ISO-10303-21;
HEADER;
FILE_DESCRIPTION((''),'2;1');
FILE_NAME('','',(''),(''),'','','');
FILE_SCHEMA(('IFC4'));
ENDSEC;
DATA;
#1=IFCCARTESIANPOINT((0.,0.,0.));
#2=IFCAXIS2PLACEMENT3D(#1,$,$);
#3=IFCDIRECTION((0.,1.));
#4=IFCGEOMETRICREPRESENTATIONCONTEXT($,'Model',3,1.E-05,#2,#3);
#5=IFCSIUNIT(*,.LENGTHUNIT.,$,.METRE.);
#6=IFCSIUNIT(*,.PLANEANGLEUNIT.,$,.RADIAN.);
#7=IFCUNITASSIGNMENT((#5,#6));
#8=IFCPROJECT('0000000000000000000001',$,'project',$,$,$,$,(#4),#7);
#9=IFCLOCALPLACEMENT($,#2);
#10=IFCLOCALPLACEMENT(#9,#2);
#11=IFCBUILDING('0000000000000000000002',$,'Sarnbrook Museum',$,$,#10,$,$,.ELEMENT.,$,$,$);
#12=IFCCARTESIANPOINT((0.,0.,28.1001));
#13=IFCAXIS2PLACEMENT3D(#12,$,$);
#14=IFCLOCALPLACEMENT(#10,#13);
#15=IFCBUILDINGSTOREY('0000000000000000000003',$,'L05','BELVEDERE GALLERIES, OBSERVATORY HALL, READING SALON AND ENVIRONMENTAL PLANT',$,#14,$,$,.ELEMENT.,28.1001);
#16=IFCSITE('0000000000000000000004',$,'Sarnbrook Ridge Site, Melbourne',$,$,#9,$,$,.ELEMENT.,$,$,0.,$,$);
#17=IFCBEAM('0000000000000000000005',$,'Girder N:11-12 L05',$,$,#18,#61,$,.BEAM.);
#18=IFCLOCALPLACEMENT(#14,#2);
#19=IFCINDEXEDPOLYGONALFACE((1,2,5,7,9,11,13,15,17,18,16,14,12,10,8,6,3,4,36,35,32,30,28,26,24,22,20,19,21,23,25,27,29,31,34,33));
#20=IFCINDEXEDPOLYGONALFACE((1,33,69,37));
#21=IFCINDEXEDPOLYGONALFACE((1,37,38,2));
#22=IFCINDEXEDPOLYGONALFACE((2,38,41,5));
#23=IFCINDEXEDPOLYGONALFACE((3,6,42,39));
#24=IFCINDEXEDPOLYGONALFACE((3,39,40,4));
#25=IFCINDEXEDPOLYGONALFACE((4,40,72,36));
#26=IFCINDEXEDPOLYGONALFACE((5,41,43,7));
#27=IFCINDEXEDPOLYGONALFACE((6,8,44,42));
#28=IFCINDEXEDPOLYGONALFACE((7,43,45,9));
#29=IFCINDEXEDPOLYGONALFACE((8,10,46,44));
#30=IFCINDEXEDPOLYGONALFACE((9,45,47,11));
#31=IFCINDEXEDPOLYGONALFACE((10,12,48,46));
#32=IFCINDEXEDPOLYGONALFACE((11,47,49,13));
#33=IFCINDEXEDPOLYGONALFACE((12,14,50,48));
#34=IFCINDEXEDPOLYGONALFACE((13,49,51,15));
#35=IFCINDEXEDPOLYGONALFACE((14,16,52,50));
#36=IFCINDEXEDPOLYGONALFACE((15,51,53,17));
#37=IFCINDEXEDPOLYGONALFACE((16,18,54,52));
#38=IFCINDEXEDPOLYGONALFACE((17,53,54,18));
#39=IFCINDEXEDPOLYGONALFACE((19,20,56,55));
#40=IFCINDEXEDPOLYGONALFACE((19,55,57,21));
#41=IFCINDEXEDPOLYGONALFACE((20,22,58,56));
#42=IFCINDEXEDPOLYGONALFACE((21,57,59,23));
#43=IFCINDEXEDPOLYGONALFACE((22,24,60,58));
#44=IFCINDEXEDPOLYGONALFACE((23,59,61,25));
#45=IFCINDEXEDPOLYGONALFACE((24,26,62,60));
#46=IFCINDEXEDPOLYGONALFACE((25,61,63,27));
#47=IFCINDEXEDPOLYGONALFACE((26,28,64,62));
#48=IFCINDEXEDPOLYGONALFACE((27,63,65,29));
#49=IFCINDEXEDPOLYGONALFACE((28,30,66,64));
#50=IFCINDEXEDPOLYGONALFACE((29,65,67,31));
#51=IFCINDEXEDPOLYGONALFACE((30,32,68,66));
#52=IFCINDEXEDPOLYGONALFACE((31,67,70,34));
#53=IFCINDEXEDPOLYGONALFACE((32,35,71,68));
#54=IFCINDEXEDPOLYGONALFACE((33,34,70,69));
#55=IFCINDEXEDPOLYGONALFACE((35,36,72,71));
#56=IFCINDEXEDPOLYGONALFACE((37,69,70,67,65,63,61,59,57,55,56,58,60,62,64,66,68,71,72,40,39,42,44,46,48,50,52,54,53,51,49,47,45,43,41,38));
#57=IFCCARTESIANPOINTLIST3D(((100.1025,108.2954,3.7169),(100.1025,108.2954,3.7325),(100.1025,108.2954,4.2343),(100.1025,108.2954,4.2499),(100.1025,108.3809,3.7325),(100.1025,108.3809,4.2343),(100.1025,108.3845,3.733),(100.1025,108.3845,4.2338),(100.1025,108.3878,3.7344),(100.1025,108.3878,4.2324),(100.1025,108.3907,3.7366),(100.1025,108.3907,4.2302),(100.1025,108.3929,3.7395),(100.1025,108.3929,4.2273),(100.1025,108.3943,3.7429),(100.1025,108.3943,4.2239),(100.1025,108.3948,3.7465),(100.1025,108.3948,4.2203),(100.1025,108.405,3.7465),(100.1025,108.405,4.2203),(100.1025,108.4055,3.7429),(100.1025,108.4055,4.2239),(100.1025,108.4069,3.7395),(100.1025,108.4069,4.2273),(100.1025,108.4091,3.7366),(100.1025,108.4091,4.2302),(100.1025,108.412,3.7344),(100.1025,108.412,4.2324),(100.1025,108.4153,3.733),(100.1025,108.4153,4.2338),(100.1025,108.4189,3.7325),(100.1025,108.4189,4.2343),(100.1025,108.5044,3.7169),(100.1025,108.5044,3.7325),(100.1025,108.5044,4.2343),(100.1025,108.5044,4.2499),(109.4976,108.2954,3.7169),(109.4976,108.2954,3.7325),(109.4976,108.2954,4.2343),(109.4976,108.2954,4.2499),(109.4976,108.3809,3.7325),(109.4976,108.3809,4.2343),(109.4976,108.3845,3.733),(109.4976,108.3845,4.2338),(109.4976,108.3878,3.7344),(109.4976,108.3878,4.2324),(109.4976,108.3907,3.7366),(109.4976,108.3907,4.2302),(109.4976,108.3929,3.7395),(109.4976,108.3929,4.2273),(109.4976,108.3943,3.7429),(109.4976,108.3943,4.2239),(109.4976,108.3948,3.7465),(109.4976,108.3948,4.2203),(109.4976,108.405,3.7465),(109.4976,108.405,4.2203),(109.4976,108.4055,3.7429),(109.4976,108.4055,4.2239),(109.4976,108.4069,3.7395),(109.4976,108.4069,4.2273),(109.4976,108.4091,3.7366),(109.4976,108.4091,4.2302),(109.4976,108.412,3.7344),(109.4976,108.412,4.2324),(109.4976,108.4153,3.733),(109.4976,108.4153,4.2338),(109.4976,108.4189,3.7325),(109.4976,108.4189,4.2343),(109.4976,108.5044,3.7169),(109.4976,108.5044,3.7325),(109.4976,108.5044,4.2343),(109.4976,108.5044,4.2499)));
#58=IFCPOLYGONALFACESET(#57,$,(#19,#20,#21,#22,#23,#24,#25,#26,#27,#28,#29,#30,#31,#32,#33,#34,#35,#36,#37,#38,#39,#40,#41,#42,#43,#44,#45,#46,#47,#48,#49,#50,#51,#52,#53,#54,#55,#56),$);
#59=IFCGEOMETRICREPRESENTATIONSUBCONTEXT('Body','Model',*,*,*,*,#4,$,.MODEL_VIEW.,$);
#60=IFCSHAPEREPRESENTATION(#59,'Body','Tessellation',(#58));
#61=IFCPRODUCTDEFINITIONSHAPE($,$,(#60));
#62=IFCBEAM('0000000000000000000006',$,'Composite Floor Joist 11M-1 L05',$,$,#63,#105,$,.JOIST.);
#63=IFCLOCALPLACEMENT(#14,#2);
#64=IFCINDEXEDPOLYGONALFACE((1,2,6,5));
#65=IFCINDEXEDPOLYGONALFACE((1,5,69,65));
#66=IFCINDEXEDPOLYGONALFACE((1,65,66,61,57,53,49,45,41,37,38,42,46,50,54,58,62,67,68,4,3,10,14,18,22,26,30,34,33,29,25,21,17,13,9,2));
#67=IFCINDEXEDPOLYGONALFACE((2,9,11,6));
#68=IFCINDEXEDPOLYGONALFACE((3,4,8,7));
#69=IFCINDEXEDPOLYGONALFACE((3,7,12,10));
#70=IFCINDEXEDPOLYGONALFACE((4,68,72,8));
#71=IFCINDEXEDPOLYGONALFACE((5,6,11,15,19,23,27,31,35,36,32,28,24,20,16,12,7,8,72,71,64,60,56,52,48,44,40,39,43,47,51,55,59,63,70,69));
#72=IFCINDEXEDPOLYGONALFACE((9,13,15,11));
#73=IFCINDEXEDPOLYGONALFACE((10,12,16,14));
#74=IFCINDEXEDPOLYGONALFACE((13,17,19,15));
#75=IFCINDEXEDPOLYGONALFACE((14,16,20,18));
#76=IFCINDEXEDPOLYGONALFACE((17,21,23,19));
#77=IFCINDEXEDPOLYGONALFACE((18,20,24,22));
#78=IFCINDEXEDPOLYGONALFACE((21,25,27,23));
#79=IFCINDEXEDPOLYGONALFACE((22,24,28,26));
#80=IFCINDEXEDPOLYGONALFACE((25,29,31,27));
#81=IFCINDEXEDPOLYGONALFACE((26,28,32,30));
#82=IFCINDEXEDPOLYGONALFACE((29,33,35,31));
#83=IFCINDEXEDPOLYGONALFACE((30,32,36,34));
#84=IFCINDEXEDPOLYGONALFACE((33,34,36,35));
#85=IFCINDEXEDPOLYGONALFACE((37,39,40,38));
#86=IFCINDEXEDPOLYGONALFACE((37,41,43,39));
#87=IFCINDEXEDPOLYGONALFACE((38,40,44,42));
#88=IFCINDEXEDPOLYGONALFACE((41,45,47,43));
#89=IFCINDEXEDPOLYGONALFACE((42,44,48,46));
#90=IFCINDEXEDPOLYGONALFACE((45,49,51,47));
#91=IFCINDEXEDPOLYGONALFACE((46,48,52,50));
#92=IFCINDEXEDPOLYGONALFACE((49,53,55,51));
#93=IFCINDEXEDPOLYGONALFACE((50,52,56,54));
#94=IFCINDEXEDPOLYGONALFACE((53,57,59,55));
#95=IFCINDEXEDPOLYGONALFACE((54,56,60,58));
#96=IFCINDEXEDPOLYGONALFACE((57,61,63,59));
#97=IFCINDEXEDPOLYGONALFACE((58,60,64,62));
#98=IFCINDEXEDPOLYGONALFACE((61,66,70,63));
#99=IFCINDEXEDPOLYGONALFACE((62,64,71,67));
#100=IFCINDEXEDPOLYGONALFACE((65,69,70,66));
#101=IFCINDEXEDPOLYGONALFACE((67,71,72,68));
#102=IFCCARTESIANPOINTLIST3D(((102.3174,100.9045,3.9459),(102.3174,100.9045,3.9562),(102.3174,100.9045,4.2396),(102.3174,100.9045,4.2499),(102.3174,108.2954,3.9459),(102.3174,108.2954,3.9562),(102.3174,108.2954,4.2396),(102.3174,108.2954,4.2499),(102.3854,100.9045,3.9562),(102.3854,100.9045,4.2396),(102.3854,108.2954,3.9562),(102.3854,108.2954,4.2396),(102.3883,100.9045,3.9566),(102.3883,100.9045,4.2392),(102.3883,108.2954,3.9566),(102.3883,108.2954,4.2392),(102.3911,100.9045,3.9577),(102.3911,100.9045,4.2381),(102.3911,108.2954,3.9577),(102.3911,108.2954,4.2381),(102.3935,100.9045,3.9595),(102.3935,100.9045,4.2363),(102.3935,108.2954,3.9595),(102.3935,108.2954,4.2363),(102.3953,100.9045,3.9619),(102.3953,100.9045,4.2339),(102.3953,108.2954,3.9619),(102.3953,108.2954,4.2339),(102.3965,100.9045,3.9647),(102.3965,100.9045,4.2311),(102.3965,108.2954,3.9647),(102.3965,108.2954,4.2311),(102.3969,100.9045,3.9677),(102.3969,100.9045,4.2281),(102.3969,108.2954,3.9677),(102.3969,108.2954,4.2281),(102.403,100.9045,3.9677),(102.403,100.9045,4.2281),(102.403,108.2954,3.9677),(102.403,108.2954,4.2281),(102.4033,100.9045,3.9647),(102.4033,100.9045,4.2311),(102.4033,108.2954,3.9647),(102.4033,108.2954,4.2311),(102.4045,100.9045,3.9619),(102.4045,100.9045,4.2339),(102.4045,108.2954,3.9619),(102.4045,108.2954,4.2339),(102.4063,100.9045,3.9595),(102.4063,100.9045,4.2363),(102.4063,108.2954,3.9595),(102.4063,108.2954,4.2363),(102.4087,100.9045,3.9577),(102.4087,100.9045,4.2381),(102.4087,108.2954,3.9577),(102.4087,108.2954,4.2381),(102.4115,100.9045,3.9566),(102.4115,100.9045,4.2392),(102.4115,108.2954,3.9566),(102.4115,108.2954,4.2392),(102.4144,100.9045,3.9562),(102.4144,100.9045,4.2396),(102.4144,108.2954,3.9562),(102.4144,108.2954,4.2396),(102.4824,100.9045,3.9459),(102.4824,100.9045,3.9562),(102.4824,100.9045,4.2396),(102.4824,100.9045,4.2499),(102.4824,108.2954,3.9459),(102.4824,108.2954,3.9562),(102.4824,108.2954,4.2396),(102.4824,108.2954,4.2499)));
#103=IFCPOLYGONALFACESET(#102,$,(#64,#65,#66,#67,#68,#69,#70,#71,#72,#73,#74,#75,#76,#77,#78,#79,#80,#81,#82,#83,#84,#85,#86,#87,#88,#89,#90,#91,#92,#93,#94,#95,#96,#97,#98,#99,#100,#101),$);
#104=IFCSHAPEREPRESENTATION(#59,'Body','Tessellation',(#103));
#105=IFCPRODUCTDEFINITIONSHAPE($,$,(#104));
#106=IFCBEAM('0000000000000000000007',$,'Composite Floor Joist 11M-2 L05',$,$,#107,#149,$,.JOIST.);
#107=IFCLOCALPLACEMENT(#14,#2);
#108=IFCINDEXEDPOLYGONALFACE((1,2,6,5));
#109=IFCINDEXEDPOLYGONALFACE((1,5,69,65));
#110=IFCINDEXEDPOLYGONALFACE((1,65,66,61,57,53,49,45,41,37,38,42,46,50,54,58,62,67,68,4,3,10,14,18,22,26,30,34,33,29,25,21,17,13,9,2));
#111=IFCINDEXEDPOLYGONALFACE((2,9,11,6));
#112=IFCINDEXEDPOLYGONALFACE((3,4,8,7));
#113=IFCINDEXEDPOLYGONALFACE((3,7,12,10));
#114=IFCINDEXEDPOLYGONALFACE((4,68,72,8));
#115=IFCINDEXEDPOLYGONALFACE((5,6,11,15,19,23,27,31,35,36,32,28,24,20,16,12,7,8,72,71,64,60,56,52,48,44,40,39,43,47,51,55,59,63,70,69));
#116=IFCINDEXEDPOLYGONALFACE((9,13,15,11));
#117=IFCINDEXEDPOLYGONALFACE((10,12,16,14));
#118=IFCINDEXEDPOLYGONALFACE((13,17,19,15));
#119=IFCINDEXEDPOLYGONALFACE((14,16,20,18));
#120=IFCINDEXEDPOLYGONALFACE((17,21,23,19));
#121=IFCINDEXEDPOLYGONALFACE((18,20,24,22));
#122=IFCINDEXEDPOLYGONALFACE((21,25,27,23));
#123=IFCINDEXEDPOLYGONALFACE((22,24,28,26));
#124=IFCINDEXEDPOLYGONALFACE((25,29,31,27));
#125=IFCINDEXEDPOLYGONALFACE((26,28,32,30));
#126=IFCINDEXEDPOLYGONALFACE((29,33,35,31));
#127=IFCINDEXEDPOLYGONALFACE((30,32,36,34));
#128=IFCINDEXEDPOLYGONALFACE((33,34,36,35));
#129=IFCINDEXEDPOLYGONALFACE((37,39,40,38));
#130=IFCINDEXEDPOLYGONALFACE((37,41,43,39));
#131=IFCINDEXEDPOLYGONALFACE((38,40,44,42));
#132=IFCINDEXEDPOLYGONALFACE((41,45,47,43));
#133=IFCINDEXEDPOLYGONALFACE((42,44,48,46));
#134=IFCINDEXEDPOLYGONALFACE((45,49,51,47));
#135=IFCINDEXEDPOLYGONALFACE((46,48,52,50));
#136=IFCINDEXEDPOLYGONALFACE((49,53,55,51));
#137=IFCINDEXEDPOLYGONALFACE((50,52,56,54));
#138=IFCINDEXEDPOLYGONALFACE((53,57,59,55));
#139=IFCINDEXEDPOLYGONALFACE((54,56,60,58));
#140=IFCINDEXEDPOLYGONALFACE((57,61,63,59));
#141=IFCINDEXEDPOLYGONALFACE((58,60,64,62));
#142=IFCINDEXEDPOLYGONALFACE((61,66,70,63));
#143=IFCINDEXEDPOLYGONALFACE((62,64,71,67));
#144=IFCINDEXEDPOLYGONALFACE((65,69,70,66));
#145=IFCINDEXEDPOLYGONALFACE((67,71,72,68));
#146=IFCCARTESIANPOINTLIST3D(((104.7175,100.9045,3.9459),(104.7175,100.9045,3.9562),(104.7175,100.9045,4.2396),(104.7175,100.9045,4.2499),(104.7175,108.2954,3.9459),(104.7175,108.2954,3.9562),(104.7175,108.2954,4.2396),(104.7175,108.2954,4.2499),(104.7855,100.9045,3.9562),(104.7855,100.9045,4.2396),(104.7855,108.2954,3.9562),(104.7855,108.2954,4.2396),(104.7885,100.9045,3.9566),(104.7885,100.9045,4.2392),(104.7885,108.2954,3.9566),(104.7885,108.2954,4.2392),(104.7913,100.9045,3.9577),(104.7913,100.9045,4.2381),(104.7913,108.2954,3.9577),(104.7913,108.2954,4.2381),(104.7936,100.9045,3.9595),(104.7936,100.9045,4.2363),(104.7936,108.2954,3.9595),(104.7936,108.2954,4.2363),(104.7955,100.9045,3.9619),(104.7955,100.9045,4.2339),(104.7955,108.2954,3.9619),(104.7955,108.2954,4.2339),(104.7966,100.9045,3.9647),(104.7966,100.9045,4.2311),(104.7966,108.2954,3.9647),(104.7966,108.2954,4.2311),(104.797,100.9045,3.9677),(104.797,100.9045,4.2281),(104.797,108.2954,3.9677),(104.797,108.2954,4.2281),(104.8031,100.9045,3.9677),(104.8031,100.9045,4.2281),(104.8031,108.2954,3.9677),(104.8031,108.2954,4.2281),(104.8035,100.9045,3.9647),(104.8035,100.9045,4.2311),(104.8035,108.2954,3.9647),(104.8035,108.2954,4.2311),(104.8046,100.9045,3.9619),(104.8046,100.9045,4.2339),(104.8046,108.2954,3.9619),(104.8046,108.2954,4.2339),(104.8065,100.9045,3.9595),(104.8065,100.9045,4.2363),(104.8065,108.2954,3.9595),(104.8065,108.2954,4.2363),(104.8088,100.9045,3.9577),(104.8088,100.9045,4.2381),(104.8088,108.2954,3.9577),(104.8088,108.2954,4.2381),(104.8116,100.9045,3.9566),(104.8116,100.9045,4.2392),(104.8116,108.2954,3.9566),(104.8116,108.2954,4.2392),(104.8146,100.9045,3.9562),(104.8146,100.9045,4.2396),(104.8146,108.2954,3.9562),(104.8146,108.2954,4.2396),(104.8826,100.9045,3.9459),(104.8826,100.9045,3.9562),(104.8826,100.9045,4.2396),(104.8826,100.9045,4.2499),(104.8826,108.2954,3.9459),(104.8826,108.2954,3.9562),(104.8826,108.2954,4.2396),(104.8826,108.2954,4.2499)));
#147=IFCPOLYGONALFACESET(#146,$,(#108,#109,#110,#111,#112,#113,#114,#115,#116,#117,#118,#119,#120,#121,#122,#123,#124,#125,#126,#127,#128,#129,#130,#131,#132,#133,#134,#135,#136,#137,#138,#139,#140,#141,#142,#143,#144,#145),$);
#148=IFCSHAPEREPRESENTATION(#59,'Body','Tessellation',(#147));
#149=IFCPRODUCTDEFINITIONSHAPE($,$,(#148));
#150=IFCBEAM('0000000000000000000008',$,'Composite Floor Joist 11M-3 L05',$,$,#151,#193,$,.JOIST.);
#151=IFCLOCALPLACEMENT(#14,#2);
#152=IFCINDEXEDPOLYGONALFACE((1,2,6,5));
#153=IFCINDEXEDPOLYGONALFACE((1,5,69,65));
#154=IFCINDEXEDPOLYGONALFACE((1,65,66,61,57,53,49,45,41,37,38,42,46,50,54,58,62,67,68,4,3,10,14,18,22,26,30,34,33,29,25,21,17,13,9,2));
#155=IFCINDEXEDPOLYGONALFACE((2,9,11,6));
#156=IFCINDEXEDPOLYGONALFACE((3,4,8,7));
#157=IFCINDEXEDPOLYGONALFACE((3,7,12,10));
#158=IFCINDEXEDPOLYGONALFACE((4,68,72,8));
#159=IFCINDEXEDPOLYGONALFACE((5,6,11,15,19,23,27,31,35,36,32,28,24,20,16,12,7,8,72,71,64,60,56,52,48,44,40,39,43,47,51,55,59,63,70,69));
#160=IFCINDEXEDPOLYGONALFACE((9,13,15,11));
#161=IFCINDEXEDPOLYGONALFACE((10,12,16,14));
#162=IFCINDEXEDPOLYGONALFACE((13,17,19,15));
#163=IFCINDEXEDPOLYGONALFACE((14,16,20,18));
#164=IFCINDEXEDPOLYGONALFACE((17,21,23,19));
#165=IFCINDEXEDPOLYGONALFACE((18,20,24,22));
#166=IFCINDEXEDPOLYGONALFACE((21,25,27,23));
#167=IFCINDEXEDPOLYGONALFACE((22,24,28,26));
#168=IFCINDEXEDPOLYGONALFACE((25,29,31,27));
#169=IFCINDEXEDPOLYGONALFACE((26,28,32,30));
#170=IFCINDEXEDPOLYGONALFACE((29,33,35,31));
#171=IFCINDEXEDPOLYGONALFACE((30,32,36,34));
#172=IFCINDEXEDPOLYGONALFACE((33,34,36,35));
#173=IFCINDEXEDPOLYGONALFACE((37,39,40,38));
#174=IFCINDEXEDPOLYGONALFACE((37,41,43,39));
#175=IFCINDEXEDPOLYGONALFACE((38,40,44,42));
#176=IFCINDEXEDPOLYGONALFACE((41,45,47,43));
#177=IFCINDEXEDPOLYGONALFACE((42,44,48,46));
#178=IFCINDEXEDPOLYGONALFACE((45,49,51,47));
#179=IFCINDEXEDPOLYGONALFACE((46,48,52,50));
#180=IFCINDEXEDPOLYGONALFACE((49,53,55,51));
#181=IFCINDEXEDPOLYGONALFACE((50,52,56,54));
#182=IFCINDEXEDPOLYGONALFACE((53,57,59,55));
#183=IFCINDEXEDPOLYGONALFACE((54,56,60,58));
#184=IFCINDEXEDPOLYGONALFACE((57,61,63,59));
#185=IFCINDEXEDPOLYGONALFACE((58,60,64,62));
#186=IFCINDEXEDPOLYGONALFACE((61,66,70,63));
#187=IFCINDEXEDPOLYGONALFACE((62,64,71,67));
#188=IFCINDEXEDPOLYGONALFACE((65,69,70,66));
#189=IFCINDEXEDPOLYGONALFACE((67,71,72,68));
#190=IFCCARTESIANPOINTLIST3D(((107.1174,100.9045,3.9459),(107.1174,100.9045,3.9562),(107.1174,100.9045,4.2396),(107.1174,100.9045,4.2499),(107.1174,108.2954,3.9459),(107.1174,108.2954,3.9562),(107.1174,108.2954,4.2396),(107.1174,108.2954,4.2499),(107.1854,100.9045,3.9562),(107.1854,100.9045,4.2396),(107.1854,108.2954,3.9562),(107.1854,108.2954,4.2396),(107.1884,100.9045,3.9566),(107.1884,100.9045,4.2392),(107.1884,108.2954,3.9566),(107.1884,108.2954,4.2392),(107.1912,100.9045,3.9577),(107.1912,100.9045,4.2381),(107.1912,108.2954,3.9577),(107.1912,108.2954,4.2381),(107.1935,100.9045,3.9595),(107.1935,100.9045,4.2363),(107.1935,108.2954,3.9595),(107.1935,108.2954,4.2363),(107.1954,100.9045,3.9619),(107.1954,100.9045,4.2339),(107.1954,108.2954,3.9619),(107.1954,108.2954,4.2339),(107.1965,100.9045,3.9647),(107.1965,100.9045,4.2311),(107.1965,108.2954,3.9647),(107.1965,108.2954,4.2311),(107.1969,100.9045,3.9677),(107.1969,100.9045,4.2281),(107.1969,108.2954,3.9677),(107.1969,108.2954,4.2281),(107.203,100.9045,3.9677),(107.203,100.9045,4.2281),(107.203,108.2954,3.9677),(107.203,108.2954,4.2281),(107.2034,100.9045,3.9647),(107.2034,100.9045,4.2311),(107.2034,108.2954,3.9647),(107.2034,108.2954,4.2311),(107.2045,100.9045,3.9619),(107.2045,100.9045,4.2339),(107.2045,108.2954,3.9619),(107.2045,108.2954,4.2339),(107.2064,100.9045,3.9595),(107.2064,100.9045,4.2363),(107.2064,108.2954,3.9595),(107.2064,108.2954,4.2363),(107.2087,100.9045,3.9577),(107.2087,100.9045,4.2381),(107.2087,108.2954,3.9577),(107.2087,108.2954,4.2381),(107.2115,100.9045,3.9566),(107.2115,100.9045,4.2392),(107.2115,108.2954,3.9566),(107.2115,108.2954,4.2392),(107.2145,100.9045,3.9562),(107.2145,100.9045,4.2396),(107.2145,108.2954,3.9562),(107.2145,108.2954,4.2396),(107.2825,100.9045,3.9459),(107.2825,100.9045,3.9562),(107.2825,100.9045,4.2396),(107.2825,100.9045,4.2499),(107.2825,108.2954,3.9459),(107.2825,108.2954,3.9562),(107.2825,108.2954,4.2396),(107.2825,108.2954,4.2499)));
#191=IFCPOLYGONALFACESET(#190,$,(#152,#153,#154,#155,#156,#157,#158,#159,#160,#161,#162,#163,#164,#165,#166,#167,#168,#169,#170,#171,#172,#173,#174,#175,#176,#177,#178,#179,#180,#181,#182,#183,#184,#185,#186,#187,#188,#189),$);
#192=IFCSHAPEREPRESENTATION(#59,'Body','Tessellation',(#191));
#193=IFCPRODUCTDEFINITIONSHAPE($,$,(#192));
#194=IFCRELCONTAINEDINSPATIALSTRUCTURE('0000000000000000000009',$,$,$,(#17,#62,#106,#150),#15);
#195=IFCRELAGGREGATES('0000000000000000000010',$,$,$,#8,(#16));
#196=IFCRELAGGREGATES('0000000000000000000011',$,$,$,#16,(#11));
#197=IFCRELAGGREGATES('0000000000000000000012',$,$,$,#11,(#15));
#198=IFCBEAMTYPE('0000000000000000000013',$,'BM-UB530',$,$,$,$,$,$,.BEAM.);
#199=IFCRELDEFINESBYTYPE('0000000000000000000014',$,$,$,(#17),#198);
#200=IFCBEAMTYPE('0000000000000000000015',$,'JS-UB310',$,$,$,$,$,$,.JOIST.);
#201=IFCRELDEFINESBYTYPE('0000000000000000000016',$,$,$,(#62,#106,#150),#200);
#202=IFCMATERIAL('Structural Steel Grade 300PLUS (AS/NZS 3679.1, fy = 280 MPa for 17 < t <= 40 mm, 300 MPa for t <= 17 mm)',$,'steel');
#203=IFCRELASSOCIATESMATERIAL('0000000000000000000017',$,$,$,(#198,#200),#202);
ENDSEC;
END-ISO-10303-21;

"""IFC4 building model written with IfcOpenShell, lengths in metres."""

from ifc_helpers import new_model, si_unit, direction, frame, origin, origin_2d, place, context, subcontext, project, spatial, i_section, extrude, material, material_profile, profile_set, type_object, element, save


model = new_model("IFC4")

# Units and contexts
model_context = context("Model", 3, precision=1e-05, world=origin(), true_north=direction((0.0, 1.0)))
body_context = subcontext(model_context, "Body", "Model", "MODEL_VIEW")
ifc_project = project(units=[si_unit("LENGTHUNIT", "METRE"), si_unit("PLANEANGLEUNIT", "RADIAN")], contexts=[model_context])

# Site, building, storey
site_placement = place(None, origin())
site = spatial("IfcSite", under=ifc_project, at=site_placement, Name="Sarnbrook Ridge Site, Melbourne", CompositionType="ELEMENT", RefElevation=0.0)
building_placement = place(site_placement, origin())
building = spatial("IfcBuilding", under=site, at=building_placement, Name="Sarnbrook Museum", CompositionType="ELEMENT")
storey_placement = place(building_placement, frame((0.0, 0.0, 28.1001)))
storey = spatial("IfcBuildingStorey", under=building, at=storey_placement, Name="L05", Description="BELVEDERE GALLERIES, OBSERVATORY HALL, READING SALON AND ENVIRONMENTAL PLANT", CompositionType="ELEMENT", Elevation=28.1001)

# Shared definitions
ifc_material_1 = material(Name="Structural Steel Grade 300PLUS (AS/NZS 3679.1, fy = 280 MPa for 17 < t <= 40 mm, 300 MPa for t <= 17 mm)", Category="steel")

# Beams
ifc_material_profile_1 = material_profile(ifc_material_1, i_section(OverallWidth=0.209, OverallDepth=0.533, WebThickness=0.0103, FlangeThickness=0.0156, FilletRadius=0.0139, at=origin_2d()), Name="530UB92.4")
ifc_profile_set_1 = profile_set([ifc_material_profile_1], Name="Structural Steel Grade 300PLUS (AS/NZS 3679.1, fy = 280 MPa for 17 < t <= 40 mm, 300 MPa for t <= 17 mm)")
beam_type_1 = type_object("IfcBeamType", Name="BM-UB530", PredefinedType="BEAM", material=ifc_profile_set_1)
for number, where, z_axis, x_axis, name in (
    (1, (100.1025, 108.3999, 3.9834), (1.0, 0.0, 0.0), (0.0, 1.0, 0.0), "Girder N:11-12 L05"),
):
    element("IfcBeam", number, at=place(storey_placement, frame(where, z_axis=z_axis, x_axis=x_axis)), inside=storey, type_object=beam_type_1, Name=name, PredefinedType="BEAM", context=body_context, shape_type="SweptSolid", body=[
        extrude(i_section(OverallWidth=0.209, OverallDepth=0.533, WebThickness=0.0103, FlangeThickness=0.0156, FilletRadius=0.0139, at=origin_2d()), origin(), (0.0, 0.0, 1.0), 9.395),
    ])
ifc_material_profile_2 = material_profile(ifc_material_1, i_section(OverallWidth=0.165, OverallDepth=0.304, WebThickness=0.0061, FlangeThickness=0.0103, FilletRadius=0.0115, at=origin_2d()), Name="310UB40.4")
ifc_profile_set_2 = profile_set([ifc_material_profile_2], Name="Structural Steel Grade 300PLUS (AS/NZS 3679.1, fy = 280 MPa for 17 < t <= 40 mm, 300 MPa for t <= 17 mm)")
beam_type_2 = type_object("IfcBeamType", Name="JS-UB310", PredefinedType="JOIST", material=ifc_profile_set_2)
for number, where, z_axis, x_axis, name in (
    (2, (102.3999, 100.9045, 4.0979), (0.0, 1.0, 0.0), (-1.0, 0.0, 0.0), "Composite Floor Joist 11M-1 L05"),
    (3, (104.8, 100.9045, 4.0979), (0.0, 1.0, 0.0), (-1.0, 0.0, 0.0), "Composite Floor Joist 11M-2 L05"),
    (4, (107.2, 100.9045, 4.0979), (0.0, 1.0, 0.0), (-1.0, 0.0, 0.0), "Composite Floor Joist 11M-3 L05"),
):
    element("IfcBeam", number, at=place(storey_placement, frame(where, z_axis=z_axis, x_axis=x_axis)), inside=storey, type_object=beam_type_2, Name=name, PredefinedType="JOIST", context=body_context, shape_type="SweptSolid", body=[
        extrude(i_section(OverallWidth=0.165, OverallDepth=0.304, WebThickness=0.0061, FlangeThickness=0.0103, FilletRadius=0.0115, at=origin_2d()), origin(), (0.0, 0.0, 1.0), 7.3909),
    ])

save(model, "model.ifc")
